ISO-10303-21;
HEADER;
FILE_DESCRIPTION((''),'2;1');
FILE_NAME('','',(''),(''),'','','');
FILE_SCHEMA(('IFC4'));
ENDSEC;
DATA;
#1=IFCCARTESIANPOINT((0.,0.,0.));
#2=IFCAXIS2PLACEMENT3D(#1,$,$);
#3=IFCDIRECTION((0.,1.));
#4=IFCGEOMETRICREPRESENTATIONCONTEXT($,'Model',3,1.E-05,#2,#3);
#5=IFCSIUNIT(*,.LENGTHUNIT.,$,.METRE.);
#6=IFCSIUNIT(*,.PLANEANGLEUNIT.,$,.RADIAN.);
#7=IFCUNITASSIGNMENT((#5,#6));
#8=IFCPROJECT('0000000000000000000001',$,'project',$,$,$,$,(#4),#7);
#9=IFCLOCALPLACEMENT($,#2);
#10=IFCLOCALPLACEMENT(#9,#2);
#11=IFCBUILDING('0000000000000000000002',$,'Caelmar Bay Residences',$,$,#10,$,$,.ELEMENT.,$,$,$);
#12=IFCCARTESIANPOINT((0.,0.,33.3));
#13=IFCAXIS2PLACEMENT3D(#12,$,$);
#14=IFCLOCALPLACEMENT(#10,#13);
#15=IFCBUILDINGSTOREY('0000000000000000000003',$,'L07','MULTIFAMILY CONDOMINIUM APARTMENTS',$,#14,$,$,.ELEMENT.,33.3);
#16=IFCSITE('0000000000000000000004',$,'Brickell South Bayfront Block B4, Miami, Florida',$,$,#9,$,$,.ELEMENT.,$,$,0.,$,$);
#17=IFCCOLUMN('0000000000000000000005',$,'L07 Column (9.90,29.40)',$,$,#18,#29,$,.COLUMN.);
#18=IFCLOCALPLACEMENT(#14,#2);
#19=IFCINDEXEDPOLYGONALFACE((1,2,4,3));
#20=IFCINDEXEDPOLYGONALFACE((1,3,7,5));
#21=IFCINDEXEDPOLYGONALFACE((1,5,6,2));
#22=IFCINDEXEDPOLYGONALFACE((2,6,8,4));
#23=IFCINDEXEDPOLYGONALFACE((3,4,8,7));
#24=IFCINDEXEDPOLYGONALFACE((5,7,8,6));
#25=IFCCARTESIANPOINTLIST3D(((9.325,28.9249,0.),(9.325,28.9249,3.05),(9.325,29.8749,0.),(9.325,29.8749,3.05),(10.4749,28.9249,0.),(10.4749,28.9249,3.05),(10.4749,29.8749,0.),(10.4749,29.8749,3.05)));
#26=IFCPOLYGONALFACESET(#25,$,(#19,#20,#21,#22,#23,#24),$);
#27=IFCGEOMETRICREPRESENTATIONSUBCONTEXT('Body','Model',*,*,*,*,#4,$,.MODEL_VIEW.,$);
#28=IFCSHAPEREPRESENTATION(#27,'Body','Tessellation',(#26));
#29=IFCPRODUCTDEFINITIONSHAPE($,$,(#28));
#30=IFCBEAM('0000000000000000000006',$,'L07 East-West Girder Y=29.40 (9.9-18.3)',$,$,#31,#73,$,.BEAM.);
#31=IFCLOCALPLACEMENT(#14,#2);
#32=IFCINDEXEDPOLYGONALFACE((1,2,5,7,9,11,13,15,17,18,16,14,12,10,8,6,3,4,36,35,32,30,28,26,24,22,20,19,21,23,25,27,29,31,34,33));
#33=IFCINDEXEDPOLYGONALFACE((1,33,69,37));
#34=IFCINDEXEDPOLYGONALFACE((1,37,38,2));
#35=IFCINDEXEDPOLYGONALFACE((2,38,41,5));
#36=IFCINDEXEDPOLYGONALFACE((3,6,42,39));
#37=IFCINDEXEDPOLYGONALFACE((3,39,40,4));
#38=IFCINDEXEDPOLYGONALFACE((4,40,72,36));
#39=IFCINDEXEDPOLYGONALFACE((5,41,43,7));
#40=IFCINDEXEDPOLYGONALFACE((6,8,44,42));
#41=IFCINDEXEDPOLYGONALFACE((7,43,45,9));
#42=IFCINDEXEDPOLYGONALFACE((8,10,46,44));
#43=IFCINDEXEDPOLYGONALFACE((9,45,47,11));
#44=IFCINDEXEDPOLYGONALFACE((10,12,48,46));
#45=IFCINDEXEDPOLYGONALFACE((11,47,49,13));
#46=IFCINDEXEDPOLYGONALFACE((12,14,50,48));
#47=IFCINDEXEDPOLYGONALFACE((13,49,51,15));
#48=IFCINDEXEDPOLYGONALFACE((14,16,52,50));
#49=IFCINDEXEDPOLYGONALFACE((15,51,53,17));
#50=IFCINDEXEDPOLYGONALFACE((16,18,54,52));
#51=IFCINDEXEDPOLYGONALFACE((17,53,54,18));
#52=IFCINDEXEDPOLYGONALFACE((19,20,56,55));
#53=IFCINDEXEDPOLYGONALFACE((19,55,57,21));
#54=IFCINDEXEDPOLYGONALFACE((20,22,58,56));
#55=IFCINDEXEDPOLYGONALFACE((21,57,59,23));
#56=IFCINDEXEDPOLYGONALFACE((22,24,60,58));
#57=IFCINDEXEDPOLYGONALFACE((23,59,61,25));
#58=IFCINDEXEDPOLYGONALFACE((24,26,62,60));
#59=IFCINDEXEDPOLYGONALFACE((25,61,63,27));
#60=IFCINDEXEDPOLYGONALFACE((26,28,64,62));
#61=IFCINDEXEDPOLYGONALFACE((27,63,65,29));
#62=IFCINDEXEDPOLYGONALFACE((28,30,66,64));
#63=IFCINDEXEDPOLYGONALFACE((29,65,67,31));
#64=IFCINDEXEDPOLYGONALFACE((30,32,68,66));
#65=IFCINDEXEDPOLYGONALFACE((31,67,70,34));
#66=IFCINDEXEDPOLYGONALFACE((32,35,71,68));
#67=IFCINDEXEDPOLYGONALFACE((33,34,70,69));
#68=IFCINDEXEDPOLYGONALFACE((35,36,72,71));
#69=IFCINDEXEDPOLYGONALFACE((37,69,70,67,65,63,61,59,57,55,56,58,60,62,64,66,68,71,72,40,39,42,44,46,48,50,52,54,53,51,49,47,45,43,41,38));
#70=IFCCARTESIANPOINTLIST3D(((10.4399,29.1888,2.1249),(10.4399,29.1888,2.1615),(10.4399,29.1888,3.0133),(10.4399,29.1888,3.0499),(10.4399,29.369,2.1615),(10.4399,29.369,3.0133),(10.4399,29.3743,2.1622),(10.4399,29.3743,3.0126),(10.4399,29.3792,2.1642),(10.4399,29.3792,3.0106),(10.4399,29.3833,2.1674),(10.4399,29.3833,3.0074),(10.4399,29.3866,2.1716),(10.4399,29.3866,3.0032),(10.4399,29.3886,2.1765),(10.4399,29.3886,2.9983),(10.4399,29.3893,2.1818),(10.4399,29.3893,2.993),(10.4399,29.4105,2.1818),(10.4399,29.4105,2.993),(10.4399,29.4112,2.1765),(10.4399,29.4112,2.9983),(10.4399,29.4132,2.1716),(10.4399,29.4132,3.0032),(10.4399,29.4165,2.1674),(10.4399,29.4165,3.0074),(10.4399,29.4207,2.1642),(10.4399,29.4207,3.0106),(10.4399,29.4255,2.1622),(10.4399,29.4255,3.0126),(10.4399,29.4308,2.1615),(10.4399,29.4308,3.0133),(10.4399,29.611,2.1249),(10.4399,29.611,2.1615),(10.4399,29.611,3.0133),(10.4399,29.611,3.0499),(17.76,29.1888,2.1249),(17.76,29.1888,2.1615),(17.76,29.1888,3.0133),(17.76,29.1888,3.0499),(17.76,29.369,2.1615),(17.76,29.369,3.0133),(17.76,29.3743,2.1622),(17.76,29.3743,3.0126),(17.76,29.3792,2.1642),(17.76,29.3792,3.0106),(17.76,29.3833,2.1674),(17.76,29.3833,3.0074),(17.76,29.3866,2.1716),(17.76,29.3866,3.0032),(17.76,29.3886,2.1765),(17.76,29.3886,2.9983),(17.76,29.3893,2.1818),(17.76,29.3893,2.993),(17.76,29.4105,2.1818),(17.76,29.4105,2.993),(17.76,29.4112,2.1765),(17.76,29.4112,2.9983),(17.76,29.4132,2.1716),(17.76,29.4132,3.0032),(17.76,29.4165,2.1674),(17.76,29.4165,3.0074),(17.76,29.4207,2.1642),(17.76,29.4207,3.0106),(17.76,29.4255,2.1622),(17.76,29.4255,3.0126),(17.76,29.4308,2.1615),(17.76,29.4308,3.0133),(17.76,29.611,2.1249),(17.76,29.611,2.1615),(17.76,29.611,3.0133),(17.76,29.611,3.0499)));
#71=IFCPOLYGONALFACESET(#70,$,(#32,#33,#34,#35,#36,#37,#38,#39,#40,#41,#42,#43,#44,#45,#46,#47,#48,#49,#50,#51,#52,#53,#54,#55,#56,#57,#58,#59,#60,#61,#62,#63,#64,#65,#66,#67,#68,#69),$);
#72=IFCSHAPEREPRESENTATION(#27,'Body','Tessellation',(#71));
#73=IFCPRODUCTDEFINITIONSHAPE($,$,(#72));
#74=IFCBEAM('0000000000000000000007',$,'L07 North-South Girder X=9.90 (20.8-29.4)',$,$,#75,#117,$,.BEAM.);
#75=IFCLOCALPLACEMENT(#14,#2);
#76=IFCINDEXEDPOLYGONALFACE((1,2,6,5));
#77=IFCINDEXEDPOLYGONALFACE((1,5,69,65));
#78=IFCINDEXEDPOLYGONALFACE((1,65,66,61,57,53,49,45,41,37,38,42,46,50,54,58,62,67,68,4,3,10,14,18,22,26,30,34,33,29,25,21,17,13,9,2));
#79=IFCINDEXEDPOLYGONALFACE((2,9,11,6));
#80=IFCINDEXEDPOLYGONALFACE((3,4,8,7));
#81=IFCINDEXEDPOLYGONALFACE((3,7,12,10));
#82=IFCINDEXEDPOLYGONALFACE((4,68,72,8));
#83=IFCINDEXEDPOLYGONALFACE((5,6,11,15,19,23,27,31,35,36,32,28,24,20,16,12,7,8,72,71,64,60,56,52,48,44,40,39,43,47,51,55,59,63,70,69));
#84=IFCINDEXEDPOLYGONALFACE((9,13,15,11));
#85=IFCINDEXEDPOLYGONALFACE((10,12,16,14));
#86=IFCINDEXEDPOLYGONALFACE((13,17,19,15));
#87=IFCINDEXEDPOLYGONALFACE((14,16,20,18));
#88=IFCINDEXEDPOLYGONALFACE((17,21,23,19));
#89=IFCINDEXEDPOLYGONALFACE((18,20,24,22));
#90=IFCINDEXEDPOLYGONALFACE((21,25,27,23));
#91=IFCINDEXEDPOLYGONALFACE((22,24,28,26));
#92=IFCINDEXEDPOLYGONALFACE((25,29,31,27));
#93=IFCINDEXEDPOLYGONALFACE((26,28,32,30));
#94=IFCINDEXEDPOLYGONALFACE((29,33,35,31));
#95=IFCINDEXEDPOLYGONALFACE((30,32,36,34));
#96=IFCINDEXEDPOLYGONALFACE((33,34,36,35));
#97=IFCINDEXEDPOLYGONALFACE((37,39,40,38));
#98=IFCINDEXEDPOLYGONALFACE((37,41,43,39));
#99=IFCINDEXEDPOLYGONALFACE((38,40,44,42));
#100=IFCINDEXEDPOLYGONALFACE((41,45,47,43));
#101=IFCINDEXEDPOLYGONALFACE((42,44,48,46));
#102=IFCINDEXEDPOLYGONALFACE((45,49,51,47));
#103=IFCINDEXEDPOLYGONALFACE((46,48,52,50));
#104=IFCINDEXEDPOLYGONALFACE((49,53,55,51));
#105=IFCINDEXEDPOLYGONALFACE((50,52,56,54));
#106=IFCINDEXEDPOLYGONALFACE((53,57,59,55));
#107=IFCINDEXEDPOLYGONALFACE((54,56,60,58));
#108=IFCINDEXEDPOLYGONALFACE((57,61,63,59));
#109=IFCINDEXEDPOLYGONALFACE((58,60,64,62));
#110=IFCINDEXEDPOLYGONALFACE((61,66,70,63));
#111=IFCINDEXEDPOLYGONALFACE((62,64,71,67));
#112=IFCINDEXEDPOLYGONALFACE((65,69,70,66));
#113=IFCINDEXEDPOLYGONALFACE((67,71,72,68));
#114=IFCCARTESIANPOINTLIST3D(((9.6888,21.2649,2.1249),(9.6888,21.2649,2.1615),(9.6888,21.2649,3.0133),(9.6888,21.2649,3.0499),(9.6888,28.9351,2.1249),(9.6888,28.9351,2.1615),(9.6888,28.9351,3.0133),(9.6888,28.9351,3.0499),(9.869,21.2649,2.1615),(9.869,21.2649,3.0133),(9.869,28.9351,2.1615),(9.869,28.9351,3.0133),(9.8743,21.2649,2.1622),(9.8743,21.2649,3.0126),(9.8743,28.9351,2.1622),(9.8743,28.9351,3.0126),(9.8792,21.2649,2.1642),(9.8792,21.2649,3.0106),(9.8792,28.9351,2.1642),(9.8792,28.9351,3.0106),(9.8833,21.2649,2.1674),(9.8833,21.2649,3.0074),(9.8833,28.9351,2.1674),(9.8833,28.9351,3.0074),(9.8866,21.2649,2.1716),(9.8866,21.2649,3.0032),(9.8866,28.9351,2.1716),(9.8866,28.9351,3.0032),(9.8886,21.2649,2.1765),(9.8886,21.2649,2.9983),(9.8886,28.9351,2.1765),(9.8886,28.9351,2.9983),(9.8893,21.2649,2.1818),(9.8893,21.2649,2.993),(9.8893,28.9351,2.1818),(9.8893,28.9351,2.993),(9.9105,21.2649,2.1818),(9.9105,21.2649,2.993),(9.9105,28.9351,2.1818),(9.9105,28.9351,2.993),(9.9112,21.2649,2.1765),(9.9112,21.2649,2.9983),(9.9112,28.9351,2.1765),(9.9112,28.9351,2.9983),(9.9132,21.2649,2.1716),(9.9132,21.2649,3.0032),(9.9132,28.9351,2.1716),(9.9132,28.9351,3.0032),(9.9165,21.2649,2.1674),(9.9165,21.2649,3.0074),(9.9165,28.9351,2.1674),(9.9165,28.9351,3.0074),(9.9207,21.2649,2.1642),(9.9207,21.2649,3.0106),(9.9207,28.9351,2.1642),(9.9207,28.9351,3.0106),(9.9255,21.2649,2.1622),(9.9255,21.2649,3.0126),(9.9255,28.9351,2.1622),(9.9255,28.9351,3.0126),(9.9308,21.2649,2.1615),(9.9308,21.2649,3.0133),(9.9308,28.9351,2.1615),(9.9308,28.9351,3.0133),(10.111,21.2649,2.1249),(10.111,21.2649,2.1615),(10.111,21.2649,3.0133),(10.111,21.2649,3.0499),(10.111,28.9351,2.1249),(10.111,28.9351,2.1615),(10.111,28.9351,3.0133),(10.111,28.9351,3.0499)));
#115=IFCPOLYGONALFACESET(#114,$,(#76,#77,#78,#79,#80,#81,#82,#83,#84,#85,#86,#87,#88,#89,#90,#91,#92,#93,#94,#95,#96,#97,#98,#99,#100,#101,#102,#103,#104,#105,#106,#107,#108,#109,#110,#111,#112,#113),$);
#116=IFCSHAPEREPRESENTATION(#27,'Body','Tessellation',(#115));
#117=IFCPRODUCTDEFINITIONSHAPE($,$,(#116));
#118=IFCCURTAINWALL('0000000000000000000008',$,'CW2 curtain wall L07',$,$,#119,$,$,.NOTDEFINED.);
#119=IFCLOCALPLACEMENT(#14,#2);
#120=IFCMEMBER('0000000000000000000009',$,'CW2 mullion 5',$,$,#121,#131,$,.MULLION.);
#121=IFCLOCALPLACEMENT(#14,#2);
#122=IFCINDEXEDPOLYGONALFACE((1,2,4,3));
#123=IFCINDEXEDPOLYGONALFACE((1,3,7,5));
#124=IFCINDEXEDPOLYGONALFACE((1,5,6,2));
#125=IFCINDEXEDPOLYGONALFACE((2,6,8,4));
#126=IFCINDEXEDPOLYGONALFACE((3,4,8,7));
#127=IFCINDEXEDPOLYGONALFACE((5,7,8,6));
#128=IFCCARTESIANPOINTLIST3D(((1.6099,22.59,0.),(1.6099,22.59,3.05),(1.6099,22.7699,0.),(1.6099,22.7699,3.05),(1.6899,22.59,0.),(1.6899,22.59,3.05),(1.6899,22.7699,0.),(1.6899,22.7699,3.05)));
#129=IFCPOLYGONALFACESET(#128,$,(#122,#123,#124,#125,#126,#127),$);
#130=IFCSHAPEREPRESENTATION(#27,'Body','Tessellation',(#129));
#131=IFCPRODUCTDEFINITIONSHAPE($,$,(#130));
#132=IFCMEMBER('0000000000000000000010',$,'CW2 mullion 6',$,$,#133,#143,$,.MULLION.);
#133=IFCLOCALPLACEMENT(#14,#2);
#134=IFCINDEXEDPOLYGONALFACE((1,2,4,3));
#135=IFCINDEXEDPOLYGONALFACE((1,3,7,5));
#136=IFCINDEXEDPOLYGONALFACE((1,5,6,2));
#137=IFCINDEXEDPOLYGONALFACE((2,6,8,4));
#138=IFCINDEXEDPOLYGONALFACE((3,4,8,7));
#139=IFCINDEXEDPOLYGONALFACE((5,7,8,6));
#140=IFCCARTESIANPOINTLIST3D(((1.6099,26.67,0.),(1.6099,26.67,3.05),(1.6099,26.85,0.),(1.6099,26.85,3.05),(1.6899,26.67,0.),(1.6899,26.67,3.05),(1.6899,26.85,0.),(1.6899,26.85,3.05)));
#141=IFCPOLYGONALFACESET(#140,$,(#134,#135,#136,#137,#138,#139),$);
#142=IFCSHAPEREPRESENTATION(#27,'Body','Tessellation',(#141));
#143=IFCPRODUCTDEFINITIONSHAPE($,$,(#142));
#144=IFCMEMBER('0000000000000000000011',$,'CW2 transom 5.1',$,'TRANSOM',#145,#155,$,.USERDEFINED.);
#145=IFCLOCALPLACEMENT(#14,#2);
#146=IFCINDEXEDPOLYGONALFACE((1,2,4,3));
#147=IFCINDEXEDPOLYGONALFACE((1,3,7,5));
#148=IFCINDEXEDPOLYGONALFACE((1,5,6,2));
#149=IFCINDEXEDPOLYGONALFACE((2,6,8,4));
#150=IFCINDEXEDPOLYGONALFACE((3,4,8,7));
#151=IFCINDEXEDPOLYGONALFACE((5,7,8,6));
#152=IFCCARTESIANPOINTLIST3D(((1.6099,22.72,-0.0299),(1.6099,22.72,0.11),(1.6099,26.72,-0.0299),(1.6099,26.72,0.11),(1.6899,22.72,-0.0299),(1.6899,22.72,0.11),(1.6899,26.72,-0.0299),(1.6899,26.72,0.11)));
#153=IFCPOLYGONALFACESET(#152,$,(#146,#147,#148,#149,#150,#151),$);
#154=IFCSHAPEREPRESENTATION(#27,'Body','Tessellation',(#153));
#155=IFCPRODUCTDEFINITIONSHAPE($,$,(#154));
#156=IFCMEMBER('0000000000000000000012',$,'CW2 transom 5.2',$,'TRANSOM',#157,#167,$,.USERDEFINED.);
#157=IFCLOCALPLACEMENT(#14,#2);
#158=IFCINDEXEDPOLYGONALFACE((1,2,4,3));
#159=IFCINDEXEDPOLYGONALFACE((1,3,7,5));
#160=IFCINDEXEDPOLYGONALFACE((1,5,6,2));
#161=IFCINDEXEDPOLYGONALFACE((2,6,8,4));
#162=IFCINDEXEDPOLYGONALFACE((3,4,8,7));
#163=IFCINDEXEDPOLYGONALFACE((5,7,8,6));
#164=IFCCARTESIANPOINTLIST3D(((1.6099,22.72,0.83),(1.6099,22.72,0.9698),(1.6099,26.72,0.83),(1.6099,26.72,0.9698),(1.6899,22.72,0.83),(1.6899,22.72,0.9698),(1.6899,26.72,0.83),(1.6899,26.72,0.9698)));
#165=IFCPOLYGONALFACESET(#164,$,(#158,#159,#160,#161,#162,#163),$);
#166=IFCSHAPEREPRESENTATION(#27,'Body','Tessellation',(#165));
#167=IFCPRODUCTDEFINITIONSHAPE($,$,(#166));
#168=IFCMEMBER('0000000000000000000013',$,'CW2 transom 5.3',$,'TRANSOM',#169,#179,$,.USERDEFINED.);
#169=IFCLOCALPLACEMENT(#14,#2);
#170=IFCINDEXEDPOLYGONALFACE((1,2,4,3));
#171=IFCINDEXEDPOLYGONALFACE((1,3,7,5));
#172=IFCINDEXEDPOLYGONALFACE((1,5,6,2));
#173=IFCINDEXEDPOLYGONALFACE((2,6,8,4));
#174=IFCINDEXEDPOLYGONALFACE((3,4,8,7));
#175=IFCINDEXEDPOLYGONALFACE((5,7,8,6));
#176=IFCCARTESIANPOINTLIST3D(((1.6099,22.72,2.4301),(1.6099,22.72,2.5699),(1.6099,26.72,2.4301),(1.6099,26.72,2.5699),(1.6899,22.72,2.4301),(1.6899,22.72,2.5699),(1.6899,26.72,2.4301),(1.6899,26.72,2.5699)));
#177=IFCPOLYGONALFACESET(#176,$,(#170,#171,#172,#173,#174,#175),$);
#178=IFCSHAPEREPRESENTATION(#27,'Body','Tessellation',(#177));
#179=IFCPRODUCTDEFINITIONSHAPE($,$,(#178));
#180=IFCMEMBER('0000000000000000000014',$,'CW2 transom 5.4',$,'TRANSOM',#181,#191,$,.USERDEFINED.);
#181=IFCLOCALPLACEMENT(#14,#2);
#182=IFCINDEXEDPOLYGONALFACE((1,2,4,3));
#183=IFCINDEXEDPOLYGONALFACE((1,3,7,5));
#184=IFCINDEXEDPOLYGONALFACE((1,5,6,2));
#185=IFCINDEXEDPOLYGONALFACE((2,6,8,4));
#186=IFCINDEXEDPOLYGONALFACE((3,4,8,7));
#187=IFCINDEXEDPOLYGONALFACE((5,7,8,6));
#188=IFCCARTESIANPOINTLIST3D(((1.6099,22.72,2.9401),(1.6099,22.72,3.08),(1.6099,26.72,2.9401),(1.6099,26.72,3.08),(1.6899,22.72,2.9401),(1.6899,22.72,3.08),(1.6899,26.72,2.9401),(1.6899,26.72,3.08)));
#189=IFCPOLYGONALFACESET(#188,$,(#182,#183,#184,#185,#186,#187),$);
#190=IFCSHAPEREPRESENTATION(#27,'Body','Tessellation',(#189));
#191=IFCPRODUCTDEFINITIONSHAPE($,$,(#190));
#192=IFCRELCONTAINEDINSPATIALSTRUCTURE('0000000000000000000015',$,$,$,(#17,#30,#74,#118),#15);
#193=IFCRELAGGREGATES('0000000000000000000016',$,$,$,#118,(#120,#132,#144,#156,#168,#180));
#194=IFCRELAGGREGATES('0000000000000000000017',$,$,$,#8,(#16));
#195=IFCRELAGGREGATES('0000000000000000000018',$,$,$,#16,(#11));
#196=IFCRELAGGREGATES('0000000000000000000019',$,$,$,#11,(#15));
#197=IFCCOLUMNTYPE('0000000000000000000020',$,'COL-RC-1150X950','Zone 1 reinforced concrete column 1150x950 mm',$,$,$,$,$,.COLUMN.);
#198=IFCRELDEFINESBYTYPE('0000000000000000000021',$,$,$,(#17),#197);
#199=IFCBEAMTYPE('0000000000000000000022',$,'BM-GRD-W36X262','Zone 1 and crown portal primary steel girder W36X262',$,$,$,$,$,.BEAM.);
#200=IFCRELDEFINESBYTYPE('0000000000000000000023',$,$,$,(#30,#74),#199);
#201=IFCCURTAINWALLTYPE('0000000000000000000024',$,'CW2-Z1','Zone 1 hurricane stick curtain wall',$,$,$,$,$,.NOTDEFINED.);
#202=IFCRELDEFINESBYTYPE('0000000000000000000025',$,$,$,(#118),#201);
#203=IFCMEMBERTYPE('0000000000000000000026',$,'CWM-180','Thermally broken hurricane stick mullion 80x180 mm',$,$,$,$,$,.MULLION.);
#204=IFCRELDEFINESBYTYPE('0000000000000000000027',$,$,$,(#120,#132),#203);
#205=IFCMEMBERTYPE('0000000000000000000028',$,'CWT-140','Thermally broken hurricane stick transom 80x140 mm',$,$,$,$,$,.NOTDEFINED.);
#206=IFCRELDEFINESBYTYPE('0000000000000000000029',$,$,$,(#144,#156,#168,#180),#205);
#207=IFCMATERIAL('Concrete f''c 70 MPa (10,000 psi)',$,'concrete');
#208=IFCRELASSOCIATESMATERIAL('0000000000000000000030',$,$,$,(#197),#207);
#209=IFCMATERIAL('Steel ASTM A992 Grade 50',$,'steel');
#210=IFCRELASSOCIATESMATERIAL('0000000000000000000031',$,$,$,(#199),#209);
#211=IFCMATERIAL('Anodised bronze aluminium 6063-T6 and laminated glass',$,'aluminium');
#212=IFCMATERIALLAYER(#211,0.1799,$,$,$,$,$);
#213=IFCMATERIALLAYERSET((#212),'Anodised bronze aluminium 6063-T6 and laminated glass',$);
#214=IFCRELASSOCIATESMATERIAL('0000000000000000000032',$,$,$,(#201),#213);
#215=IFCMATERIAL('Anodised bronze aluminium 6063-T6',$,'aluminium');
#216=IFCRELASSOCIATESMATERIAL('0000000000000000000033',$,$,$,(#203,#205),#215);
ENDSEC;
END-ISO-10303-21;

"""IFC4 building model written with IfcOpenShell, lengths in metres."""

from ifc_helpers import new_model, si_unit, direction, frame, origin, origin_2d, place, context, subcontext, project, spatial, rectangle, i_section, extrude, material, layer, layer_set, material_profile, profile_set, type_object, element, aggregate, save


model = new_model("IFC4")

# Units and contexts
model_context = context("Model", 3, precision=1e-05, world=origin(), true_north=direction((0.0, 1.0)))
body_context = subcontext(model_context, "Body", "Model", "MODEL_VIEW")
ifc_project = project(units=[si_unit("LENGTHUNIT", "METRE"), si_unit("PLANEANGLEUNIT", "RADIAN")], contexts=[model_context])

# Site, building, storey
site_placement = place(None, origin())
site = spatial("IfcSite", under=ifc_project, at=site_placement, Name="Brickell South Bayfront Block B4, Miami, Florida", CompositionType="ELEMENT", RefElevation=0.0)
building_placement = place(site_placement, origin())
building = spatial("IfcBuilding", under=site, at=building_placement, Name="Caelmar Bay Residences", CompositionType="ELEMENT")
storey_placement = place(building_placement, frame((0.0, 0.0, 33.3)))
storey = spatial("IfcBuildingStorey", under=building, at=storey_placement, Name="L07", Description="MULTIFAMILY CONDOMINIUM APARTMENTS", CompositionType="ELEMENT", Elevation=33.3)

# Column
ifc_material_1 = material(Name="Concrete f'c 70 MPa (10,000 psi)", Category="concrete")
ifc_material_profile_1 = material_profile(ifc_material_1, rectangle(XDim=1.1499, YDim=0.95, at=origin_2d()), Name="RC-COL-1150X950")
ifc_profile_set_1 = profile_set([ifc_material_profile_1], Name="Concrete f'c 70 MPa (10,000 psi)")
column_type = type_object("IfcColumnType", Name="COL-RC-1150X950", Description="Zone 1 reinforced concrete column 1150x950 mm", PredefinedType="COLUMN", material=ifc_profile_set_1)
column_placement = place(storey_placement, frame((9.8999, 29.3999, 0.0), z_axis=(0.0, 0.0, 1.0), x_axis=(1.0, 0.0, 0.0)))
element("IfcColumn", 1, at=column_placement, inside=storey, type_object=column_type, Name="L07 Column (9.90,29.40)", PredefinedType="COLUMN", context=body_context, shape_type="SweptSolid", body=[
    extrude(rectangle(XDim=1.1499, YDim=0.95, at=origin_2d()), origin(), (0.0, 0.0, 1.0), 3.05),
])

# Beams
ifc_material_2 = material(Name="Steel ASTM A992 Grade 50", Category="steel")
ifc_material_profile_2 = material_profile(ifc_material_2, i_section(OverallWidth=0.4221, OverallDepth=0.925, WebThickness=0.0212, FlangeThickness=0.0366, FilletRadius=0.0203, at=origin_2d()), Name="W36X262")
ifc_profile_set_2 = profile_set([ifc_material_profile_2], Name="Steel ASTM A992 Grade 50")
beam_type = type_object("IfcBeamType", Name="BM-GRD-W36X262", Description="Zone 1 and crown portal primary steel girder W36X262", PredefinedType="BEAM", material=ifc_profile_set_2)
beam_1_placement = place(storey_placement, frame((10.4399, 29.3999, 2.5874), z_axis=(1.0, 0.0, 0.0), x_axis=(0.0, 1.0, 0.0)))
element("IfcBeam", 2, at=beam_1_placement, inside=storey, type_object=beam_type, Name="L07 East-West Girder Y=29.40 (9.9-18.3)", PredefinedType="BEAM", context=body_context, shape_type="SweptSolid", body=[
    extrude(i_section(OverallWidth=0.4221, OverallDepth=0.925, WebThickness=0.0212, FlangeThickness=0.0366, FilletRadius=0.0203, at=origin_2d()), origin(), (0.0, 0.0, 1.0), 7.3201),
])
beam_2_placement = place(storey_placement, frame((9.8999, 21.2649, 2.5874), z_axis=(0.0, 1.0, 0.0), x_axis=(-1.0, 0.0, 0.0)))
element("IfcBeam", 3, at=beam_2_placement, inside=storey, type_object=beam_type, Name="L07 North-South Girder X=9.90 (20.8-29.4)", PredefinedType="BEAM", context=body_context, shape_type="SweptSolid", body=[
    extrude(i_section(OverallWidth=0.4221, OverallDepth=0.925, WebThickness=0.0212, FlangeThickness=0.0366, FilletRadius=0.0203, at=origin_2d()), origin(), (0.0, 0.0, 1.0), 7.6702),
])

# Curtain wall, members
ifc_material_3 = material(Name="Anodised bronze aluminium 6063-T6 and laminated glass", Category="aluminium")
ifc_layer_1 = layer(ifc_material_3, 0.1799)
ifc_layer_set_1 = layer_set([ifc_layer_1], Name="Anodised bronze aluminium 6063-T6 and laminated glass")
curtain_wall_type = type_object("IfcCurtainWallType", Name="CW2-Z1", Description="Zone 1 hurricane stick curtain wall", PredefinedType="NOTDEFINED", material=ifc_layer_set_1)
curtain_wall_placement = place(storey_placement, origin())
curtain_wall = element("IfcCurtainWall", 4, at=curtain_wall_placement, inside=storey, type_object=curtain_wall_type, Name="CW2 curtain wall L07", PredefinedType="NOTDEFINED")
ifc_material_4 = material(Name="Anodised bronze aluminium 6063-T6", Category="aluminium")
ifc_material_profile_3 = material_profile(ifc_material_4, rectangle(XDim=0.0801, YDim=0.1799, at=origin_2d()), Name="CWM-80X180")
ifc_profile_set_3 = profile_set([ifc_material_profile_3], Name="Anodised bronze aluminium 6063-T6")
member_type_1 = type_object("IfcMemberType", Name="CWM-180", Description="Thermally broken hurricane stick mullion 80x180 mm", PredefinedType="MULLION", material=ifc_profile_set_3)
member_1_placement = place(storey_placement, frame((1.6499, 22.6799, 0.0), z_axis=(0.0, 0.0, 1.0), x_axis=(-1.0, 0.0, 0.0)))
member_1 = element("IfcMember", 5, at=member_1_placement, type_object=member_type_1, Name="CW2 mullion 5", PredefinedType="MULLION", context=body_context, shape_type="SweptSolid", body=[
    extrude(rectangle(XDim=0.0801, YDim=0.1799, at=origin_2d()), origin(), (0.0, 0.0, 1.0), 3.05),
])
member_2_placement = place(storey_placement, frame((1.6499, 26.76, 0.0), z_axis=(0.0, 0.0, 1.0), x_axis=(-1.0, 0.0, 0.0)))
member_2 = element("IfcMember", 6, at=member_2_placement, type_object=member_type_1, Name="CW2 mullion 6", PredefinedType="MULLION", context=body_context, shape_type="SweptSolid", body=[
    extrude(rectangle(XDim=0.0801, YDim=0.1799, at=origin_2d()), origin(), (0.0, 0.0, 1.0), 3.05),
])
ifc_material_profile_4 = material_profile(ifc_material_4, rectangle(XDim=0.0801, YDim=0.1399, at=origin_2d()), Name="CWT-80X140")
ifc_profile_set_4 = profile_set([ifc_material_profile_4], Name="Anodised bronze aluminium 6063-T6")
member_type_2 = type_object("IfcMemberType", Name="CWT-140", Description="Thermally broken hurricane stick transom 80x140 mm", PredefinedType="NOTDEFINED", material=ifc_profile_set_4)
member_3_placement = place(storey_placement, frame((1.6499, 22.72, 0.04), z_axis=(0.0, 1.0, 0.0), x_axis=(-1.0, 0.0, 0.0)))
member_3 = element("IfcMember", 7, at=member_3_placement, type_object=member_type_2, Name="CW2 transom 5.1", ObjectType="TRANSOM", PredefinedType="USERDEFINED", context=body_context, shape_type="SweptSolid", body=[
    extrude(rectangle(XDim=0.0801, YDim=0.1399, at=origin_2d()), origin(), (0.0, 0.0, 1.0), 4.0),
])
member_4_placement = place(storey_placement, frame((1.6499, 22.72, 0.8999), z_axis=(0.0, 1.0, 0.0), x_axis=(-1.0, 0.0, 0.0)))
member_4 = element("IfcMember", 8, at=member_4_placement, type_object=member_type_2, Name="CW2 transom 5.2", ObjectType="TRANSOM", PredefinedType="USERDEFINED", context=body_context, shape_type="SweptSolid", body=[
    extrude(rectangle(XDim=0.0801, YDim=0.1399, at=origin_2d()), origin(), (0.0, 0.0, 1.0), 4.0),
])
member_5_placement = place(storey_placement, frame((1.6499, 22.72, 2.5), z_axis=(0.0, 1.0, 0.0), x_axis=(-1.0, 0.0, 0.0)))
member_5 = element("IfcMember", 9, at=member_5_placement, type_object=member_type_2, Name="CW2 transom 5.3", ObjectType="TRANSOM", PredefinedType="USERDEFINED", context=body_context, shape_type="SweptSolid", body=[
    extrude(rectangle(XDim=0.0801, YDim=0.1399, at=origin_2d()), origin(), (0.0, 0.0, 1.0), 4.0),
])
member_6_placement = place(storey_placement, frame((1.6499, 22.72, 3.01), z_axis=(0.0, 1.0, 0.0), x_axis=(-1.0, 0.0, 0.0)))
member_6 = element("IfcMember", 10, at=member_6_placement, type_object=member_type_2, Name="CW2 transom 5.4", ObjectType="TRANSOM", PredefinedType="USERDEFINED", context=body_context, shape_type="SweptSolid", body=[
    extrude(rectangle(XDim=0.0801, YDim=0.1399, at=origin_2d()), origin(), (0.0, 0.0, 1.0), 4.0),
])
aggregate(curtain_wall, [member_1, member_2, member_3, member_4, member_5, member_6])

save(model, "model.ifc")
